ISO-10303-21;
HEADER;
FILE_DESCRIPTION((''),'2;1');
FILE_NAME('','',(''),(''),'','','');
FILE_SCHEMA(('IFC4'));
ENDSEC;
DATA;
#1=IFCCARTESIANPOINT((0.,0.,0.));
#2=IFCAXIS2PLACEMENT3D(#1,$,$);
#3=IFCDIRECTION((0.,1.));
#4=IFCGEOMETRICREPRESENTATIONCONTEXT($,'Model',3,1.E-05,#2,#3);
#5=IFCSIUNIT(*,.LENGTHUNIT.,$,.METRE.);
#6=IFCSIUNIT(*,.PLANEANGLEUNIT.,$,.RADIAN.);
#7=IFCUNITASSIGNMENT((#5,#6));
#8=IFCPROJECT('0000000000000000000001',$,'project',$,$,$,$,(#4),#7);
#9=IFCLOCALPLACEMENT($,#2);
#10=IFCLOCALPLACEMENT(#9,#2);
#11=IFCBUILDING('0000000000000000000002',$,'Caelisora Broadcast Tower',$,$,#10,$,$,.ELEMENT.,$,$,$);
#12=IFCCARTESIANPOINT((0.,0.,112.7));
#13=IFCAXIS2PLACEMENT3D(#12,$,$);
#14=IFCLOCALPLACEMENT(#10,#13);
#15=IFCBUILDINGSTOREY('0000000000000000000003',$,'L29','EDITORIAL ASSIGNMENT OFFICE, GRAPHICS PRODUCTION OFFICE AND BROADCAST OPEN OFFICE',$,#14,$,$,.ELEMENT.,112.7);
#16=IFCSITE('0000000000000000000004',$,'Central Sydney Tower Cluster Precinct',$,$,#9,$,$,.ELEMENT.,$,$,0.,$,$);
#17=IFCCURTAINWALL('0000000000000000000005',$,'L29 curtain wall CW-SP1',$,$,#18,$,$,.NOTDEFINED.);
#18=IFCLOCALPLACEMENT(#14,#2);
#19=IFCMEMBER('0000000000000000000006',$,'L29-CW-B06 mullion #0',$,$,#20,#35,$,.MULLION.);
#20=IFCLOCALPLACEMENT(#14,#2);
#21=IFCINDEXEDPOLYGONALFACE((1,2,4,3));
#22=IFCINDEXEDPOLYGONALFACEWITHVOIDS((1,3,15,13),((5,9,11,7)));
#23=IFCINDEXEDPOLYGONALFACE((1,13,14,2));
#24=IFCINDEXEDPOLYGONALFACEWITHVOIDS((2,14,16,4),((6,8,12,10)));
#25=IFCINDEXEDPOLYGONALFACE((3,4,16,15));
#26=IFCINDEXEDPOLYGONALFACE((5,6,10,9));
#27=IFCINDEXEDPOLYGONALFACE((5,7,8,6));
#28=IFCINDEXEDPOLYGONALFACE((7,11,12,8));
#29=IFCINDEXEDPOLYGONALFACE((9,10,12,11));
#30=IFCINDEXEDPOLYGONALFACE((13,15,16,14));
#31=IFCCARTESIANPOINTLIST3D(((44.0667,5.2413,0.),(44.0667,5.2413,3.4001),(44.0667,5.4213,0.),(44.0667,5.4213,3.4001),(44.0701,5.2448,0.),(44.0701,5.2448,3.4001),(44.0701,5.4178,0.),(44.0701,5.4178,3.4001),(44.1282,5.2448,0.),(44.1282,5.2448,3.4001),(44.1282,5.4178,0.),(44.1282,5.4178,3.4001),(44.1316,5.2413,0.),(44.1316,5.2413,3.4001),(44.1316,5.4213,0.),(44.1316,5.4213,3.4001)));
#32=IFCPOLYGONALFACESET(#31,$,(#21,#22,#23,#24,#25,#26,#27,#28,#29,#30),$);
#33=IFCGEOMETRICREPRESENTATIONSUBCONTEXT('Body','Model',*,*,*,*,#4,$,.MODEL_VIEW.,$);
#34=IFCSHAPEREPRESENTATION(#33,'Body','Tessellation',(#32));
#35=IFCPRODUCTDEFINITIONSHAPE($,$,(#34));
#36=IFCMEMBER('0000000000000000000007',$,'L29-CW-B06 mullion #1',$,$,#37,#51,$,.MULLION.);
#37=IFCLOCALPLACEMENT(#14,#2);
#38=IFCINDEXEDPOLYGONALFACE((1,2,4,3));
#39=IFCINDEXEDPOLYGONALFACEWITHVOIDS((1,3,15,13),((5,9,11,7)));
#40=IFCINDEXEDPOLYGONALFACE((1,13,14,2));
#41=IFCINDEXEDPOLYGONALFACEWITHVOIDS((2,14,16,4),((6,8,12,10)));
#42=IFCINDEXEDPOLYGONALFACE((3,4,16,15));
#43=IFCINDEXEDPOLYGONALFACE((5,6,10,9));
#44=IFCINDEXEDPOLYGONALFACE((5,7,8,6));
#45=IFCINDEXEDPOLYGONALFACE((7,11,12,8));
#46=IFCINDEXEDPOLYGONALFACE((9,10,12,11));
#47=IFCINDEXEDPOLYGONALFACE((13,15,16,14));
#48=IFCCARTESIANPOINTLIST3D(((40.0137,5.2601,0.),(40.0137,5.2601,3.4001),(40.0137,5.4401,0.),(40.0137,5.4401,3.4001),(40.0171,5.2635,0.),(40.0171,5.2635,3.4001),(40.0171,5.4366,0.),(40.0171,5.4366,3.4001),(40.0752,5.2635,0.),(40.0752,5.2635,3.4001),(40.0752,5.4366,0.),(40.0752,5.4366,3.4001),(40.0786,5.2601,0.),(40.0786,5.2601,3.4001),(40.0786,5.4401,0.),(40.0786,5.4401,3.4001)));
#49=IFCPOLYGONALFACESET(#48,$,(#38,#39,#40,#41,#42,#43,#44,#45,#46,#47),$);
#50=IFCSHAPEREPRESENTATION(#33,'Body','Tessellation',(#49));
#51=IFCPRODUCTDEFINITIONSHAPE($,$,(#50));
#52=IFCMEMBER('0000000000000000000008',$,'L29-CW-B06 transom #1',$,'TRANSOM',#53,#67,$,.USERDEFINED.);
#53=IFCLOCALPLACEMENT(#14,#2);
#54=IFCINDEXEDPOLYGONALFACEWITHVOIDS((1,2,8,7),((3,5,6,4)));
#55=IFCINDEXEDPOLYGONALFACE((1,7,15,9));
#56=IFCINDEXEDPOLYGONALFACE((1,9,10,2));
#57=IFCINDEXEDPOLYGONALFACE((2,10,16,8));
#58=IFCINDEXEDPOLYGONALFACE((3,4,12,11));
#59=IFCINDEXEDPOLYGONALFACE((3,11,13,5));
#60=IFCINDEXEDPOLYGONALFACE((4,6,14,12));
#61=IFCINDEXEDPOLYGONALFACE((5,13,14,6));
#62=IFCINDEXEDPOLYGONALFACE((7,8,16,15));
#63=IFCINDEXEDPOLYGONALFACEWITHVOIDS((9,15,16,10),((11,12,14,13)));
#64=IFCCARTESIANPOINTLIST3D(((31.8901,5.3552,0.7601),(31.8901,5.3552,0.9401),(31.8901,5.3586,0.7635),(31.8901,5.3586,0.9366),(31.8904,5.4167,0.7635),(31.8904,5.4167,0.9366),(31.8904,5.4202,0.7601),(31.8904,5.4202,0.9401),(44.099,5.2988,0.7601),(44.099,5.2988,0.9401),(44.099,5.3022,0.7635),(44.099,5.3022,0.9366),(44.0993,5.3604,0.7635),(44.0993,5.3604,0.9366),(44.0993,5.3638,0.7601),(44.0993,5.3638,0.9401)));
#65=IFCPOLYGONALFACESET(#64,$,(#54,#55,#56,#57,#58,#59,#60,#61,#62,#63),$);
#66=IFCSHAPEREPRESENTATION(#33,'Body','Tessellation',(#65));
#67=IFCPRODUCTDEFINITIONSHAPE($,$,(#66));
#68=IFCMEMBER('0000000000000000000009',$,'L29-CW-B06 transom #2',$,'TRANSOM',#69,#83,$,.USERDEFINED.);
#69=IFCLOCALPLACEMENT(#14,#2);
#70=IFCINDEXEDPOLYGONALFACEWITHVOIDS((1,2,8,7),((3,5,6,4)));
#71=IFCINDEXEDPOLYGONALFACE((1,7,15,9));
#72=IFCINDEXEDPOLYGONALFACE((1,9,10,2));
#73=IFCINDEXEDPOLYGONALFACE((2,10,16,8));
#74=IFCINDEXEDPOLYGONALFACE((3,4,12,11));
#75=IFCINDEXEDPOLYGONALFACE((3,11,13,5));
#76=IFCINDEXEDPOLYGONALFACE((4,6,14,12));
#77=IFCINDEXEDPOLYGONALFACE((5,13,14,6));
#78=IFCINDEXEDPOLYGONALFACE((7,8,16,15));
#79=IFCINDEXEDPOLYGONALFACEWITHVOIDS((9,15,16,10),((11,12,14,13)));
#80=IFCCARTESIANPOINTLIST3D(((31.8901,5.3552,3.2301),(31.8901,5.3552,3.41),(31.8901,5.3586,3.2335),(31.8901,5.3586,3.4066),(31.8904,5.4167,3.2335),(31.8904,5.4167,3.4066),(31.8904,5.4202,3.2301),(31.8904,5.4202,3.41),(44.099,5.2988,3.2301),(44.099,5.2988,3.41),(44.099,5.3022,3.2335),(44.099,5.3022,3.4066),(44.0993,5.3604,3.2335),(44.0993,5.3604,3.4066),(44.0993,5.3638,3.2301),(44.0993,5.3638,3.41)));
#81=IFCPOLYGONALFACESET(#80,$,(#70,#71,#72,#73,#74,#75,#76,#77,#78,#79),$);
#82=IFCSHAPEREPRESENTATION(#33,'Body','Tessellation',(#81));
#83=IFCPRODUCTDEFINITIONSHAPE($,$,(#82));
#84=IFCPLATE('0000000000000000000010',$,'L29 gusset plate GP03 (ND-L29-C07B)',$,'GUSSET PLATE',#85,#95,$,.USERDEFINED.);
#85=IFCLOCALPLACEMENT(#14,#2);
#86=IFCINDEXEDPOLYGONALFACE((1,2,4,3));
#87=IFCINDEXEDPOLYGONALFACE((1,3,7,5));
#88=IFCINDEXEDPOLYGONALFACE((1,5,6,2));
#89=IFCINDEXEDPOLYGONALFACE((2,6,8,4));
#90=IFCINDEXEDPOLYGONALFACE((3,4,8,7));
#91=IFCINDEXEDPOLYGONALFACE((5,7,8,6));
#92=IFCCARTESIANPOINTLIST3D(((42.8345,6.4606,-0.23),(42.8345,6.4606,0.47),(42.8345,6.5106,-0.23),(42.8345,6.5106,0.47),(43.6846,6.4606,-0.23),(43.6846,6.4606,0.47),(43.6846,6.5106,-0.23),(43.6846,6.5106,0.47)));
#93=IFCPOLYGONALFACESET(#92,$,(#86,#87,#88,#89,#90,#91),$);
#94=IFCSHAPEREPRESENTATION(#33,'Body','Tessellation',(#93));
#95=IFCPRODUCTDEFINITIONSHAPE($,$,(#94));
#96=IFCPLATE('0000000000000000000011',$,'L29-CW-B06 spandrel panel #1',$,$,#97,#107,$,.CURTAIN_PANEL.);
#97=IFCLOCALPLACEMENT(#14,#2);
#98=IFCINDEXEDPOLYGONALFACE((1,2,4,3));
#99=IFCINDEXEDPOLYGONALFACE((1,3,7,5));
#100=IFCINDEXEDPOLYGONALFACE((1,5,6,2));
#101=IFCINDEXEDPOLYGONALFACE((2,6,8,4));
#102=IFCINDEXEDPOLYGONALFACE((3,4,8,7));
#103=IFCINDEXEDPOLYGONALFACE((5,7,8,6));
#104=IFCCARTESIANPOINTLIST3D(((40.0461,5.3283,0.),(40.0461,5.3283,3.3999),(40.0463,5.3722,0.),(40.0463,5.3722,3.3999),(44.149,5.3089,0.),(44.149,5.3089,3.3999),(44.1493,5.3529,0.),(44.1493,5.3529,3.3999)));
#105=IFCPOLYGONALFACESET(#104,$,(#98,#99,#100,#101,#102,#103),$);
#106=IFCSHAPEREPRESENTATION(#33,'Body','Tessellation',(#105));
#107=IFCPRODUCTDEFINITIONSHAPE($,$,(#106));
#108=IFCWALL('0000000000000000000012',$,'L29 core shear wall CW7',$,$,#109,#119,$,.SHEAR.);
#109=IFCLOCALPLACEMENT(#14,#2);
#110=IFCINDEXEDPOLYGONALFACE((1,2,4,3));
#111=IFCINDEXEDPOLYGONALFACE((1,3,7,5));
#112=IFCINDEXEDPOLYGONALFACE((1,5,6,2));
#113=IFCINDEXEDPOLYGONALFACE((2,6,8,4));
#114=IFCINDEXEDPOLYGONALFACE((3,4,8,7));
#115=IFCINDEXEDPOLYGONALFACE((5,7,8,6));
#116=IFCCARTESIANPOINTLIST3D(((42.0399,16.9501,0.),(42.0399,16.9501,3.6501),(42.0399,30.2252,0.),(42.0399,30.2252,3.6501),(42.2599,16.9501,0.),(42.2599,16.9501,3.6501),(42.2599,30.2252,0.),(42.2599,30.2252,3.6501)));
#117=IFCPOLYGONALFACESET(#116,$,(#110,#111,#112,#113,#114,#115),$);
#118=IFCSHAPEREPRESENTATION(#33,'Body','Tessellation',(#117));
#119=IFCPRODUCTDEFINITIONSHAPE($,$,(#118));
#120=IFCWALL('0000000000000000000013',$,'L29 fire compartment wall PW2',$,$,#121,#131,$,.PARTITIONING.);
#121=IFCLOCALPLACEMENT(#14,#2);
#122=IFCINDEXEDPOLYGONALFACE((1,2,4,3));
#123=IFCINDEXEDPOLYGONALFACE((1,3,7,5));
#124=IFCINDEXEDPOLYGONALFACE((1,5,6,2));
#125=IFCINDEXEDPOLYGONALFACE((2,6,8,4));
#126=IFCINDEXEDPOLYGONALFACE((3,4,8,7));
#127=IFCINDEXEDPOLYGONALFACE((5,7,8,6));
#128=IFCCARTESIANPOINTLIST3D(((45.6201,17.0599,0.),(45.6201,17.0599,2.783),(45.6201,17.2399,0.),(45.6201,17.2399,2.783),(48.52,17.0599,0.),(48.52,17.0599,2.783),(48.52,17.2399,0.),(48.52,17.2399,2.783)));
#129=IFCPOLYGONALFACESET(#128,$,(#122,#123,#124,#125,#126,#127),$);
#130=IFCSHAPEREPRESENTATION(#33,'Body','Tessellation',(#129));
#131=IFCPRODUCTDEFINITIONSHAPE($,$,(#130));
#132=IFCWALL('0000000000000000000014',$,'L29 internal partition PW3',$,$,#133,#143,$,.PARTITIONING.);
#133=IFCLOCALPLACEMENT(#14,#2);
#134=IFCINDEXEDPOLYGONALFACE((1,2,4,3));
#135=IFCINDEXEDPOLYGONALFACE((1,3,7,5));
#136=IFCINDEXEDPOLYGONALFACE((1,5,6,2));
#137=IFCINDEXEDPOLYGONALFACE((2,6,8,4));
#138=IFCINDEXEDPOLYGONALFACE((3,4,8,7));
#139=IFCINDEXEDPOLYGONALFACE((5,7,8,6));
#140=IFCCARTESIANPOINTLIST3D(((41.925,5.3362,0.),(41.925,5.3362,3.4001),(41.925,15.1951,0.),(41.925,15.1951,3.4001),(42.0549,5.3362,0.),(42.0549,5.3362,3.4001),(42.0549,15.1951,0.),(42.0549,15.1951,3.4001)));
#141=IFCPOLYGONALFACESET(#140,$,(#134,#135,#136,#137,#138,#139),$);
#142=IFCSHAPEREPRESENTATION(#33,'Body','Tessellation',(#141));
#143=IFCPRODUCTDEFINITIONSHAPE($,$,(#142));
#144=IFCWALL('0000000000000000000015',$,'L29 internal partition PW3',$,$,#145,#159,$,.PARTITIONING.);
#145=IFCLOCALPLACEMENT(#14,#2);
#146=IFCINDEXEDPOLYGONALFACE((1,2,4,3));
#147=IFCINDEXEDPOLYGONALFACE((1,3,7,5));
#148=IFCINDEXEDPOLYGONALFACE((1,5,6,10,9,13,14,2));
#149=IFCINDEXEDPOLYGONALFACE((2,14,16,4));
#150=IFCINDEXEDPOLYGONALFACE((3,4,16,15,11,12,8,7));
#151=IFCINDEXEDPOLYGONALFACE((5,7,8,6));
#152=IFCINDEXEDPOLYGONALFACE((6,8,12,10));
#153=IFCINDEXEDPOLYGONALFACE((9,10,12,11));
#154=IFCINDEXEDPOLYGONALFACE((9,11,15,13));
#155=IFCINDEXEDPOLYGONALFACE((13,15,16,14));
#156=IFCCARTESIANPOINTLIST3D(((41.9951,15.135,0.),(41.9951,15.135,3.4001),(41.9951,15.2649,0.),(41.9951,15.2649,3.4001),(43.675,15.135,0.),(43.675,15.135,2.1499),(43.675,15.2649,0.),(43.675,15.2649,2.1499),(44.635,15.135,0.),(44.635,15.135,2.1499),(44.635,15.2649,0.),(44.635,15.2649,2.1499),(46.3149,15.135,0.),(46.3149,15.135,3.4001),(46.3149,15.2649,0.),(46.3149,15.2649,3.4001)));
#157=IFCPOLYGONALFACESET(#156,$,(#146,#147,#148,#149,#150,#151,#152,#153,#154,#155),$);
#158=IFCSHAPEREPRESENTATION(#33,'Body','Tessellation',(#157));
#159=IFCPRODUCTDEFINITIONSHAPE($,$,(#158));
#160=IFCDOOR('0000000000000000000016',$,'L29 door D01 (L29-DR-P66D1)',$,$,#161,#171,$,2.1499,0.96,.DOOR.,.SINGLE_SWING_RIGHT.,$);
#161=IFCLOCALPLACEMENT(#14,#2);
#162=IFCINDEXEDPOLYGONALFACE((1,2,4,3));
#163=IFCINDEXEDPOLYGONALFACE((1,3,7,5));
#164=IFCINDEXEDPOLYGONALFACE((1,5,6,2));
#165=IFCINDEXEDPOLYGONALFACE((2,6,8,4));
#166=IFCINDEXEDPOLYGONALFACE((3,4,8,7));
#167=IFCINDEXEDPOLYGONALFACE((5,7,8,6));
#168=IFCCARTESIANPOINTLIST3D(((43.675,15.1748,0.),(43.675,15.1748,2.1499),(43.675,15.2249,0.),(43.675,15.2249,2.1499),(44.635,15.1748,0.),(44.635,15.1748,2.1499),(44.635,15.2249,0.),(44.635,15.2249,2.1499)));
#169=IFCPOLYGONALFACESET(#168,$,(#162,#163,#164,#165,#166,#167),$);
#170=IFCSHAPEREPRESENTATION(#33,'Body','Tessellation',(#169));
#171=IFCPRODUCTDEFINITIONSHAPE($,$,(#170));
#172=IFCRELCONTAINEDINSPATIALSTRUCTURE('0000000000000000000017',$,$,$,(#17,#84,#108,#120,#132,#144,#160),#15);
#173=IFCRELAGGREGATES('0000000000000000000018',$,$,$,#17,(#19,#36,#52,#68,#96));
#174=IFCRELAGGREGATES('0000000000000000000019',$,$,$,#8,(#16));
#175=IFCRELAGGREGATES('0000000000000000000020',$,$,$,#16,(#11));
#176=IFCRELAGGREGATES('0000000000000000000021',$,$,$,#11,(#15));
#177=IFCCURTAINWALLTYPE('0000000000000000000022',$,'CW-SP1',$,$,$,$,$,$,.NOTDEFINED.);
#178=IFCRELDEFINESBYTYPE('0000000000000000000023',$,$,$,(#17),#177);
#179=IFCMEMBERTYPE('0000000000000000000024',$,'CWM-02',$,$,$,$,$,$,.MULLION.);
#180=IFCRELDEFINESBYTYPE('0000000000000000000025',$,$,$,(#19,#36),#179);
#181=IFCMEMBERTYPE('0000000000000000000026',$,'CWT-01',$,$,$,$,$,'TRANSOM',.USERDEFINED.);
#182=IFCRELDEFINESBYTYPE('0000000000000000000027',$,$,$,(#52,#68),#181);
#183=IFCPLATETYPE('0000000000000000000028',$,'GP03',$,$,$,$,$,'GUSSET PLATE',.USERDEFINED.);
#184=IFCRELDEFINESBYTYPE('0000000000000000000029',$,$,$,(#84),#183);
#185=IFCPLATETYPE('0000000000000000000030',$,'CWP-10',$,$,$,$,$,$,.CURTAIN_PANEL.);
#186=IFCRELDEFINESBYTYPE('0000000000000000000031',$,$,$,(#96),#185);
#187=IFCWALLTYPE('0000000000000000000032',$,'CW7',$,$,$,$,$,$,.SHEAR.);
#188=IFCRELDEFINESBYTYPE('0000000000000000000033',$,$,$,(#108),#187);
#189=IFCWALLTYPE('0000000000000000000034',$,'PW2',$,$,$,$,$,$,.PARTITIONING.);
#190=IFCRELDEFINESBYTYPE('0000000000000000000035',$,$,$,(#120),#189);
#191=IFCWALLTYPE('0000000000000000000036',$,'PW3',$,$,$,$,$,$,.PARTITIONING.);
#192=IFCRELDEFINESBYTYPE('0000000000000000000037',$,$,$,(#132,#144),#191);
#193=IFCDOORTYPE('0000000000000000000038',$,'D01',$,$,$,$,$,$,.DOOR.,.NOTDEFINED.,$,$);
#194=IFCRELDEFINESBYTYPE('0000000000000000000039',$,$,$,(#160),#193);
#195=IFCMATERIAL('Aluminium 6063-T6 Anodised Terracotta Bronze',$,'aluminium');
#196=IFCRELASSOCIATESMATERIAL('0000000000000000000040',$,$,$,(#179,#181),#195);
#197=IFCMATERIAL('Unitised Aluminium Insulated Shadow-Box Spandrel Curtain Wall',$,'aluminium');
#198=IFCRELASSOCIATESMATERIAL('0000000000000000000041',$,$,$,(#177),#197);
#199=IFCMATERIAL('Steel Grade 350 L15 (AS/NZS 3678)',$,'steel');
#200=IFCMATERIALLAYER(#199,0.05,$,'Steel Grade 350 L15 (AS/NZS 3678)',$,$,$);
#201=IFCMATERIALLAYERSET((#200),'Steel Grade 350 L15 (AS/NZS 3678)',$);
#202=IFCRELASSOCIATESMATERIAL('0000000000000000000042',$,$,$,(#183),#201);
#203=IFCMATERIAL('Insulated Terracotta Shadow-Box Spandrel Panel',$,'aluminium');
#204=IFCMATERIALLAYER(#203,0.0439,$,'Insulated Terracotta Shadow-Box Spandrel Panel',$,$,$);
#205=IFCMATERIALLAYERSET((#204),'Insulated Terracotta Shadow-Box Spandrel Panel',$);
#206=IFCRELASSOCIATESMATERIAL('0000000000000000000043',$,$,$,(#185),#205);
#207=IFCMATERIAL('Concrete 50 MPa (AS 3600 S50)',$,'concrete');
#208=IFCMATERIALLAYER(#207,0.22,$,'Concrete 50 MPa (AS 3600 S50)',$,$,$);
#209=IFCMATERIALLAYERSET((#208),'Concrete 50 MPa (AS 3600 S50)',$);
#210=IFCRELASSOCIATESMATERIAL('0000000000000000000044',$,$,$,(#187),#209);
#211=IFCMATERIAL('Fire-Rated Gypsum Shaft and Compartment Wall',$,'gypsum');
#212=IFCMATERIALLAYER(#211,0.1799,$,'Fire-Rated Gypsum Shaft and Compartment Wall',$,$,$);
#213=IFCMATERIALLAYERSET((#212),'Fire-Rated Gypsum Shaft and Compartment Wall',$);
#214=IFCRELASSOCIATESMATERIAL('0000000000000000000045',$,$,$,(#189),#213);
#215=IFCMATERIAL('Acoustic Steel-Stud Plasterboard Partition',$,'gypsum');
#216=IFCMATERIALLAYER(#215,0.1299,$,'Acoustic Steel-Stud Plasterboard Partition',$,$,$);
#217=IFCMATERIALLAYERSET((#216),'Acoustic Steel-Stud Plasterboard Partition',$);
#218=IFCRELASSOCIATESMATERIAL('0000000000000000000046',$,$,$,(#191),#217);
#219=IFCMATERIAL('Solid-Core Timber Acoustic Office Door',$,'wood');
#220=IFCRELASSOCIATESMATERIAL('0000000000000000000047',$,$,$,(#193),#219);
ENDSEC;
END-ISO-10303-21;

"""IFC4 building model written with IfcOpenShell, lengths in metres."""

from ifc_helpers import new_model, si_unit, direction, frame, frame_2d, origin, origin_2d, place, context, subcontext, project, spatial, rectangle, hollow_rectangle, extrude, source, transform, mapped, material, layer, layer_set, material_profile, profile_set, type_object, type_shapes, element, fill, aggregate, save


model = new_model("IFC4")

# Units and contexts
model_context = context("Model", 3, precision=1e-05, world=origin(), true_north=direction((0.0, 1.0)))
body_context = subcontext(model_context, "Body", "Model", "MODEL_VIEW")
ifc_project = project(units=[si_unit("LENGTHUNIT", "METRE"), si_unit("PLANEANGLEUNIT", "RADIAN")], contexts=[model_context])

# Site, building, storey
site_placement = place(None, origin())
site = spatial("IfcSite", under=ifc_project, at=site_placement, Name="Central Sydney Tower Cluster Precinct", CompositionType="ELEMENT", RefElevation=0.0)
building_placement = place(site_placement, origin())
building = spatial("IfcBuilding", under=site, at=building_placement, Name="Caelisora Broadcast Tower", CompositionType="ELEMENT")
storey_placement = place(building_placement, frame((0.0, 0.0, 112.7)))
storey = spatial("IfcBuildingStorey", under=building, at=storey_placement, Name="L29", Description="EDITORIAL ASSIGNMENT OFFICE, GRAPHICS PRODUCTION OFFICE AND BROADCAST OPEN OFFICE", CompositionType="ELEMENT", Elevation=112.7)

# Shared definitions
ifc_material_1 = material(Name="Steel Grade 350 L15 (AS/NZS 3678)", Category="steel")

# Shared definitions
ifc_material_2 = material(Name="Aluminium 6063-T6 Anodised Terracotta Bronze", Category="aluminium")
ifc_material_profile_1 = material_profile(ifc_material_2, hollow_rectangle(XDim=0.0649, YDim=0.1799, WallThickness=0.0034, at=origin_2d()), Name="Aluminium 6063-T6 Anodised Terracotta Bronze")
ifc_profile_set_1 = profile_set([ifc_material_profile_1], Name="Aluminium 6063-T6 Anodised Terracotta Bronze")
member_type_1 = type_object("IfcMemberType", Name="CWM-02", PredefinedType="MULLION", material=ifc_profile_set_1)
shared_shape_1 = source(origin(), body_context, "Body", "SweptSolid", [
    extrude(hollow_rectangle(XDim=0.0649, YDim=0.1799, WallThickness=0.0034, at=origin_2d()), origin(), (0.0, 0.0, 1.0), 3.4001),
])
type_shapes(member_type_1, [shared_shape_1])

# Curtain wall, members
ifc_material_3 = material(Name="Unitised Aluminium Insulated Shadow-Box Spandrel Curtain Wall", Category="aluminium")
curtain_wall_type_1 = type_object("IfcCurtainWallType", Name="CW-SP1", PredefinedType="NOTDEFINED", material=ifc_material_3)
curtain_wall_1_placement = place(storey_placement, origin())
curtain_wall_1 = element("IfcCurtainWall", 1, at=curtain_wall_1_placement, inside=storey, type_object=curtain_wall_type_1, Name="L29 curtain wall CW-SP1", PredefinedType="NOTDEFINED")
member_1_placement = place(storey_placement, frame((44.0991, 5.3313, 0.0), z_axis=(0.0, 0.0, 1.0), x_axis=(1.0, 0.0, 0.0)))
member_1 = element("IfcMember", 2, at=member_1_placement, type_object=member_type_1, Name="L29-CW-B06 mullion #0", PredefinedType="MULLION", context=body_context, shape_type="MappedRepresentation", body=[
    mapped(shared_shape_1, transform((0.0, 0.0, 0.0), scale=1.0)),
])
member_2_placement = place(storey_placement, frame((40.0461, 5.3501, 0.0), z_axis=(0.0, 0.0, 1.0), x_axis=(1.0, 0.0, 0.0)))
member_2 = element("IfcMember", 3, at=member_2_placement, type_object=member_type_1, Name="L29-CW-B06 mullion #1", PredefinedType="MULLION", context=body_context, shape_type="MappedRepresentation", body=[
    mapped(shared_shape_1, transform((0.0, 0.0, 0.0), scale=1.0)),
])
ifc_material_profile_2 = material_profile(ifc_material_2, hollow_rectangle(XDim=0.0649, YDim=0.1799, WallThickness=0.0034, at=origin_2d()), Name="Aluminium 6063-T6 Anodised Terracotta Bronze")
ifc_profile_set_2 = profile_set([ifc_material_profile_2], Name="Aluminium 6063-T6 Anodised Terracotta Bronze")
member_type_2 = type_object("IfcMemberType", Name="CWT-01", ElementType="TRANSOM", PredefinedType="USERDEFINED", material=ifc_profile_set_2)
shared_shape_2 = source(origin(), body_context, "Body", "SweptSolid", [
    extrude(hollow_rectangle(XDim=0.0649, YDim=0.1799, WallThickness=0.0034, at=origin_2d()), origin(), (0.0, 0.0, 1.0), 12.209),
])
type_shapes(member_type_2, [shared_shape_2])
member_3_placement = place(storey_placement, frame((44.0991, 5.3313, 0.8501), z_axis=(-0.999989, 0.004619, 0.0), x_axis=(-0.004619, -0.999989, 0.0)))
member_3 = element("IfcMember", 4, at=member_3_placement, type_object=member_type_2, Name="L29-CW-B06 transom #1", ObjectType="TRANSOM", PredefinedType="USERDEFINED", context=body_context, shape_type="MappedRepresentation", body=[
    mapped(shared_shape_2, transform((0.0, 0.0, 0.0), scale=1.0)),
])
member_4_placement = place(storey_placement, frame((44.0991, 5.3313, 3.3201), z_axis=(-0.999989, 0.004619, 0.0), x_axis=(-0.004619, -0.999989, 0.0)))
member_4 = element("IfcMember", 5, at=member_4_placement, type_object=member_type_2, Name="L29-CW-B06 transom #2", ObjectType="TRANSOM", PredefinedType="USERDEFINED", context=body_context, shape_type="MappedRepresentation", body=[
    mapped(shared_shape_2, transform((0.0, 0.0, 0.0), scale=1.0)),
])

# Plates
ifc_layer_1 = layer(ifc_material_1, 0.05, Name="Steel Grade 350 L15 (AS/NZS 3678)")
ifc_layer_set_1 = layer_set([ifc_layer_1], Name="Steel Grade 350 L15 (AS/NZS 3678)")
plate_type_1 = type_object("IfcPlateType", Name="GP03", ElementType="GUSSET PLATE", PredefinedType="USERDEFINED", material=ifc_layer_set_1)
shared_shape_3 = source(origin(), body_context, "Body", "SweptSolid", [
    extrude(rectangle(XDim=0.8501, YDim=0.05, at=origin_2d()), origin(), (0.0, 0.0, 1.0), 0.7),
])
type_shapes(plate_type_1, [shared_shape_3])
plate_1_placement = place(storey_placement, frame((43.2595, 6.4856, -0.23), z_axis=(0.0, 0.0, 1.0), x_axis=(1.0, 0.0, 0.0)))
element("IfcPlate", 6, at=plate_1_placement, inside=storey, type_object=plate_type_1, Name="L29 gusset plate GP03 (ND-L29-C07B)", ObjectType="GUSSET PLATE", PredefinedType="USERDEFINED", context=body_context, shape_type="MappedRepresentation", body=[
    mapped(shared_shape_3, transform((0.0, 0.0, 0.0), scale=1.0)),
])
ifc_material_4 = material(Name="Insulated Terracotta Shadow-Box Spandrel Panel", Category="aluminium")
ifc_layer_2 = layer(ifc_material_4, 0.0439, Name="Insulated Terracotta Shadow-Box Spandrel Panel")
ifc_layer_set_2 = layer_set([ifc_layer_2], Name="Insulated Terracotta Shadow-Box Spandrel Panel")
plate_type_2 = type_object("IfcPlateType", Name="CWP-10", PredefinedType="CURTAIN_PANEL", material=ifc_layer_set_2)
shared_shape_4 = source(origin(), body_context, "Body", "SweptSolid", [
    extrude(rectangle(XDim=4.103, YDim=0.0439, at=origin_2d()), origin(), (0.0, 0.0, 1.0), 3.3999),
])
type_shapes(plate_type_2, [shared_shape_4])
plate_2_placement = place(storey_placement, frame((42.0977, 5.3406, 0.0), z_axis=(0.0, 0.0, 1.0), x_axis=(-0.999989, 0.004712, 0.0)))
plate_2 = element("IfcPlate", 7, at=plate_2_placement, type_object=plate_type_2, Name="L29-CW-B06 spandrel panel #1", PredefinedType="CURTAIN_PANEL", context=body_context, shape_type="MappedRepresentation", body=[
    mapped(shared_shape_4, transform((0.0, 0.0, 0.0), scale=1.0)),
])
aggregate(curtain_wall_1, [member_1, member_2, member_3, member_4, plate_2])

# Shared definitions
ifc_material_5 = material(Name="Concrete 50 MPa (AS 3600 S50)", Category="concrete")

# Walls
ifc_layer_3 = layer(ifc_material_5, 0.22, Name="Concrete 50 MPa (AS 3600 S50)")
ifc_layer_set_3 = layer_set([ifc_layer_3], Name="Concrete 50 MPa (AS 3600 S50)")
wall_type_1 = type_object("IfcWallType", Name="CW7", PredefinedType="SHEAR", material=ifc_layer_set_3)
wall_1_placement = place(storey_placement, frame((42.1499, 16.95, 0.0), z_axis=(0.0, 0.0, 1.0), x_axis=(0.0, 1.0, 0.0)))
element("IfcWall", 8, at=wall_1_placement, inside=storey, type_object=wall_type_1, Name="L29 core shear wall CW7", PredefinedType="SHEAR", context=body_context, shape_type="SweptSolid", body=[
    extrude(rectangle(XDim=13.2751, YDim=0.22, at=frame_2d((6.6377, 0.0))), origin(), (0.0, 0.0, 1.0), 3.6501),
])
ifc_material_6 = material(Name="Fire-Rated Gypsum Shaft and Compartment Wall", Category="gypsum")
ifc_layer_4 = layer(ifc_material_6, 0.1799, Name="Fire-Rated Gypsum Shaft and Compartment Wall")
ifc_layer_set_4 = layer_set([ifc_layer_4], Name="Fire-Rated Gypsum Shaft and Compartment Wall")
wall_type_2 = type_object("IfcWallType", Name="PW2", PredefinedType="PARTITIONING", material=ifc_layer_set_4)
wall_2_placement = place(storey_placement, frame((45.6201, 17.1499, 0.0), z_axis=(0.0, 0.0, 1.0), x_axis=(1.0, 0.0, 0.0)))
element("IfcWall", 9, at=wall_2_placement, inside=storey, type_object=wall_type_2, Name="L29 fire compartment wall PW2", PredefinedType="PARTITIONING", context=body_context, shape_type="SweptSolid", body=[
    extrude(rectangle(XDim=2.8999, YDim=0.1799, at=frame_2d((1.45, 0.0))), origin(), (0.0, 0.0, 1.0), 2.783),
])

# Wall
ifc_material_7 = material(Name="Acoustic Steel-Stud Plasterboard Partition", Category="gypsum")
ifc_layer_5 = layer(ifc_material_7, 0.1299, Name="Acoustic Steel-Stud Plasterboard Partition")
ifc_layer_set_5 = layer_set([ifc_layer_5], Name="Acoustic Steel-Stud Plasterboard Partition")
wall_type_3 = type_object("IfcWallType", Name="PW3", PredefinedType="PARTITIONING", material=ifc_layer_set_5)
wall_3_placement = place(storey_placement, frame((41.99, 5.3362, 0.0), z_axis=(0.0, 0.0, 1.0), x_axis=(0.0, 1.0, 0.0)))
element("IfcWall", 10, at=wall_3_placement, inside=storey, type_object=wall_type_3, Name="L29 internal partition PW3", PredefinedType="PARTITIONING", context=body_context, shape_type="SweptSolid", body=[
    extrude(rectangle(XDim=9.8589, YDim=0.1299, at=frame_2d((4.9294, 0.0))), origin(), (0.0, 0.0, 1.0), 3.4001),
])

# Wall, opening, door
wall_4_placement = place(storey_placement, frame((41.9951, 15.2, 0.0), z_axis=(0.0, 0.0, 1.0), x_axis=(1.0, 0.0, 0.0)))
wall_4 = element("IfcWall", 11, at=wall_4_placement, inside=storey, type_object=wall_type_3, Name="L29 internal partition PW3", PredefinedType="PARTITIONING", context=body_context, shape_type="SweptSolid", body=[
    extrude(rectangle(XDim=4.3198, YDim=0.1299, at=frame_2d((2.1599, 0.0))), origin(), (0.0, 0.0, 1.0), 3.4001),
])
opening_1_placement = place(wall_4_placement, frame((1.6799, 0.0, 0.0)))
opening_1 = element("IfcOpeningElement", 12, at=opening_1_placement, cuts=wall_4, PredefinedType="OPENING", context=body_context, shape_type="SweptSolid", body=[
    extrude(rectangle(XDim=0.96, YDim=2.1499, at=frame_2d((0.48, 1.075))), frame((0.0, 0.0769, 0.0), z_axis=(0.0, -1.0, 0.0), x_axis=(1.0, 0.0, 0.0)), (0.0, 0.0, 1.0), 0.1538),
])
ifc_material_8 = material(Name="Solid-Core Timber Acoustic Office Door", Category="wood")
door_type_1 = type_object("IfcDoorType", Name="D01", OperationType="NOTDEFINED", PredefinedType="DOOR", material=ifc_material_8)
door_1_placement = place(opening_1_placement, origin())
door_1 = element("IfcDoor", 13, at=door_1_placement, inside=storey, type_object=door_type_1, Name="L29 door D01 (L29-DR-P66D1)", OperationType="SINGLE_SWING_RIGHT", OverallHeight=2.1499, OverallWidth=0.96, PredefinedType="DOOR", context=body_context, shape_type="SweptSolid", body=[
    extrude(rectangle(XDim=0.96, YDim=2.1499, at=frame_2d((0.48, 1.075))), frame((0.0, 0.0249, 0.0), z_axis=(0.0, -1.0, 0.0), x_axis=(1.0, 0.0, 0.0)), (0.0, 0.0, 1.0), 0.05),
])
fill(opening_1, door_1)

save(model, "model.ifc")
